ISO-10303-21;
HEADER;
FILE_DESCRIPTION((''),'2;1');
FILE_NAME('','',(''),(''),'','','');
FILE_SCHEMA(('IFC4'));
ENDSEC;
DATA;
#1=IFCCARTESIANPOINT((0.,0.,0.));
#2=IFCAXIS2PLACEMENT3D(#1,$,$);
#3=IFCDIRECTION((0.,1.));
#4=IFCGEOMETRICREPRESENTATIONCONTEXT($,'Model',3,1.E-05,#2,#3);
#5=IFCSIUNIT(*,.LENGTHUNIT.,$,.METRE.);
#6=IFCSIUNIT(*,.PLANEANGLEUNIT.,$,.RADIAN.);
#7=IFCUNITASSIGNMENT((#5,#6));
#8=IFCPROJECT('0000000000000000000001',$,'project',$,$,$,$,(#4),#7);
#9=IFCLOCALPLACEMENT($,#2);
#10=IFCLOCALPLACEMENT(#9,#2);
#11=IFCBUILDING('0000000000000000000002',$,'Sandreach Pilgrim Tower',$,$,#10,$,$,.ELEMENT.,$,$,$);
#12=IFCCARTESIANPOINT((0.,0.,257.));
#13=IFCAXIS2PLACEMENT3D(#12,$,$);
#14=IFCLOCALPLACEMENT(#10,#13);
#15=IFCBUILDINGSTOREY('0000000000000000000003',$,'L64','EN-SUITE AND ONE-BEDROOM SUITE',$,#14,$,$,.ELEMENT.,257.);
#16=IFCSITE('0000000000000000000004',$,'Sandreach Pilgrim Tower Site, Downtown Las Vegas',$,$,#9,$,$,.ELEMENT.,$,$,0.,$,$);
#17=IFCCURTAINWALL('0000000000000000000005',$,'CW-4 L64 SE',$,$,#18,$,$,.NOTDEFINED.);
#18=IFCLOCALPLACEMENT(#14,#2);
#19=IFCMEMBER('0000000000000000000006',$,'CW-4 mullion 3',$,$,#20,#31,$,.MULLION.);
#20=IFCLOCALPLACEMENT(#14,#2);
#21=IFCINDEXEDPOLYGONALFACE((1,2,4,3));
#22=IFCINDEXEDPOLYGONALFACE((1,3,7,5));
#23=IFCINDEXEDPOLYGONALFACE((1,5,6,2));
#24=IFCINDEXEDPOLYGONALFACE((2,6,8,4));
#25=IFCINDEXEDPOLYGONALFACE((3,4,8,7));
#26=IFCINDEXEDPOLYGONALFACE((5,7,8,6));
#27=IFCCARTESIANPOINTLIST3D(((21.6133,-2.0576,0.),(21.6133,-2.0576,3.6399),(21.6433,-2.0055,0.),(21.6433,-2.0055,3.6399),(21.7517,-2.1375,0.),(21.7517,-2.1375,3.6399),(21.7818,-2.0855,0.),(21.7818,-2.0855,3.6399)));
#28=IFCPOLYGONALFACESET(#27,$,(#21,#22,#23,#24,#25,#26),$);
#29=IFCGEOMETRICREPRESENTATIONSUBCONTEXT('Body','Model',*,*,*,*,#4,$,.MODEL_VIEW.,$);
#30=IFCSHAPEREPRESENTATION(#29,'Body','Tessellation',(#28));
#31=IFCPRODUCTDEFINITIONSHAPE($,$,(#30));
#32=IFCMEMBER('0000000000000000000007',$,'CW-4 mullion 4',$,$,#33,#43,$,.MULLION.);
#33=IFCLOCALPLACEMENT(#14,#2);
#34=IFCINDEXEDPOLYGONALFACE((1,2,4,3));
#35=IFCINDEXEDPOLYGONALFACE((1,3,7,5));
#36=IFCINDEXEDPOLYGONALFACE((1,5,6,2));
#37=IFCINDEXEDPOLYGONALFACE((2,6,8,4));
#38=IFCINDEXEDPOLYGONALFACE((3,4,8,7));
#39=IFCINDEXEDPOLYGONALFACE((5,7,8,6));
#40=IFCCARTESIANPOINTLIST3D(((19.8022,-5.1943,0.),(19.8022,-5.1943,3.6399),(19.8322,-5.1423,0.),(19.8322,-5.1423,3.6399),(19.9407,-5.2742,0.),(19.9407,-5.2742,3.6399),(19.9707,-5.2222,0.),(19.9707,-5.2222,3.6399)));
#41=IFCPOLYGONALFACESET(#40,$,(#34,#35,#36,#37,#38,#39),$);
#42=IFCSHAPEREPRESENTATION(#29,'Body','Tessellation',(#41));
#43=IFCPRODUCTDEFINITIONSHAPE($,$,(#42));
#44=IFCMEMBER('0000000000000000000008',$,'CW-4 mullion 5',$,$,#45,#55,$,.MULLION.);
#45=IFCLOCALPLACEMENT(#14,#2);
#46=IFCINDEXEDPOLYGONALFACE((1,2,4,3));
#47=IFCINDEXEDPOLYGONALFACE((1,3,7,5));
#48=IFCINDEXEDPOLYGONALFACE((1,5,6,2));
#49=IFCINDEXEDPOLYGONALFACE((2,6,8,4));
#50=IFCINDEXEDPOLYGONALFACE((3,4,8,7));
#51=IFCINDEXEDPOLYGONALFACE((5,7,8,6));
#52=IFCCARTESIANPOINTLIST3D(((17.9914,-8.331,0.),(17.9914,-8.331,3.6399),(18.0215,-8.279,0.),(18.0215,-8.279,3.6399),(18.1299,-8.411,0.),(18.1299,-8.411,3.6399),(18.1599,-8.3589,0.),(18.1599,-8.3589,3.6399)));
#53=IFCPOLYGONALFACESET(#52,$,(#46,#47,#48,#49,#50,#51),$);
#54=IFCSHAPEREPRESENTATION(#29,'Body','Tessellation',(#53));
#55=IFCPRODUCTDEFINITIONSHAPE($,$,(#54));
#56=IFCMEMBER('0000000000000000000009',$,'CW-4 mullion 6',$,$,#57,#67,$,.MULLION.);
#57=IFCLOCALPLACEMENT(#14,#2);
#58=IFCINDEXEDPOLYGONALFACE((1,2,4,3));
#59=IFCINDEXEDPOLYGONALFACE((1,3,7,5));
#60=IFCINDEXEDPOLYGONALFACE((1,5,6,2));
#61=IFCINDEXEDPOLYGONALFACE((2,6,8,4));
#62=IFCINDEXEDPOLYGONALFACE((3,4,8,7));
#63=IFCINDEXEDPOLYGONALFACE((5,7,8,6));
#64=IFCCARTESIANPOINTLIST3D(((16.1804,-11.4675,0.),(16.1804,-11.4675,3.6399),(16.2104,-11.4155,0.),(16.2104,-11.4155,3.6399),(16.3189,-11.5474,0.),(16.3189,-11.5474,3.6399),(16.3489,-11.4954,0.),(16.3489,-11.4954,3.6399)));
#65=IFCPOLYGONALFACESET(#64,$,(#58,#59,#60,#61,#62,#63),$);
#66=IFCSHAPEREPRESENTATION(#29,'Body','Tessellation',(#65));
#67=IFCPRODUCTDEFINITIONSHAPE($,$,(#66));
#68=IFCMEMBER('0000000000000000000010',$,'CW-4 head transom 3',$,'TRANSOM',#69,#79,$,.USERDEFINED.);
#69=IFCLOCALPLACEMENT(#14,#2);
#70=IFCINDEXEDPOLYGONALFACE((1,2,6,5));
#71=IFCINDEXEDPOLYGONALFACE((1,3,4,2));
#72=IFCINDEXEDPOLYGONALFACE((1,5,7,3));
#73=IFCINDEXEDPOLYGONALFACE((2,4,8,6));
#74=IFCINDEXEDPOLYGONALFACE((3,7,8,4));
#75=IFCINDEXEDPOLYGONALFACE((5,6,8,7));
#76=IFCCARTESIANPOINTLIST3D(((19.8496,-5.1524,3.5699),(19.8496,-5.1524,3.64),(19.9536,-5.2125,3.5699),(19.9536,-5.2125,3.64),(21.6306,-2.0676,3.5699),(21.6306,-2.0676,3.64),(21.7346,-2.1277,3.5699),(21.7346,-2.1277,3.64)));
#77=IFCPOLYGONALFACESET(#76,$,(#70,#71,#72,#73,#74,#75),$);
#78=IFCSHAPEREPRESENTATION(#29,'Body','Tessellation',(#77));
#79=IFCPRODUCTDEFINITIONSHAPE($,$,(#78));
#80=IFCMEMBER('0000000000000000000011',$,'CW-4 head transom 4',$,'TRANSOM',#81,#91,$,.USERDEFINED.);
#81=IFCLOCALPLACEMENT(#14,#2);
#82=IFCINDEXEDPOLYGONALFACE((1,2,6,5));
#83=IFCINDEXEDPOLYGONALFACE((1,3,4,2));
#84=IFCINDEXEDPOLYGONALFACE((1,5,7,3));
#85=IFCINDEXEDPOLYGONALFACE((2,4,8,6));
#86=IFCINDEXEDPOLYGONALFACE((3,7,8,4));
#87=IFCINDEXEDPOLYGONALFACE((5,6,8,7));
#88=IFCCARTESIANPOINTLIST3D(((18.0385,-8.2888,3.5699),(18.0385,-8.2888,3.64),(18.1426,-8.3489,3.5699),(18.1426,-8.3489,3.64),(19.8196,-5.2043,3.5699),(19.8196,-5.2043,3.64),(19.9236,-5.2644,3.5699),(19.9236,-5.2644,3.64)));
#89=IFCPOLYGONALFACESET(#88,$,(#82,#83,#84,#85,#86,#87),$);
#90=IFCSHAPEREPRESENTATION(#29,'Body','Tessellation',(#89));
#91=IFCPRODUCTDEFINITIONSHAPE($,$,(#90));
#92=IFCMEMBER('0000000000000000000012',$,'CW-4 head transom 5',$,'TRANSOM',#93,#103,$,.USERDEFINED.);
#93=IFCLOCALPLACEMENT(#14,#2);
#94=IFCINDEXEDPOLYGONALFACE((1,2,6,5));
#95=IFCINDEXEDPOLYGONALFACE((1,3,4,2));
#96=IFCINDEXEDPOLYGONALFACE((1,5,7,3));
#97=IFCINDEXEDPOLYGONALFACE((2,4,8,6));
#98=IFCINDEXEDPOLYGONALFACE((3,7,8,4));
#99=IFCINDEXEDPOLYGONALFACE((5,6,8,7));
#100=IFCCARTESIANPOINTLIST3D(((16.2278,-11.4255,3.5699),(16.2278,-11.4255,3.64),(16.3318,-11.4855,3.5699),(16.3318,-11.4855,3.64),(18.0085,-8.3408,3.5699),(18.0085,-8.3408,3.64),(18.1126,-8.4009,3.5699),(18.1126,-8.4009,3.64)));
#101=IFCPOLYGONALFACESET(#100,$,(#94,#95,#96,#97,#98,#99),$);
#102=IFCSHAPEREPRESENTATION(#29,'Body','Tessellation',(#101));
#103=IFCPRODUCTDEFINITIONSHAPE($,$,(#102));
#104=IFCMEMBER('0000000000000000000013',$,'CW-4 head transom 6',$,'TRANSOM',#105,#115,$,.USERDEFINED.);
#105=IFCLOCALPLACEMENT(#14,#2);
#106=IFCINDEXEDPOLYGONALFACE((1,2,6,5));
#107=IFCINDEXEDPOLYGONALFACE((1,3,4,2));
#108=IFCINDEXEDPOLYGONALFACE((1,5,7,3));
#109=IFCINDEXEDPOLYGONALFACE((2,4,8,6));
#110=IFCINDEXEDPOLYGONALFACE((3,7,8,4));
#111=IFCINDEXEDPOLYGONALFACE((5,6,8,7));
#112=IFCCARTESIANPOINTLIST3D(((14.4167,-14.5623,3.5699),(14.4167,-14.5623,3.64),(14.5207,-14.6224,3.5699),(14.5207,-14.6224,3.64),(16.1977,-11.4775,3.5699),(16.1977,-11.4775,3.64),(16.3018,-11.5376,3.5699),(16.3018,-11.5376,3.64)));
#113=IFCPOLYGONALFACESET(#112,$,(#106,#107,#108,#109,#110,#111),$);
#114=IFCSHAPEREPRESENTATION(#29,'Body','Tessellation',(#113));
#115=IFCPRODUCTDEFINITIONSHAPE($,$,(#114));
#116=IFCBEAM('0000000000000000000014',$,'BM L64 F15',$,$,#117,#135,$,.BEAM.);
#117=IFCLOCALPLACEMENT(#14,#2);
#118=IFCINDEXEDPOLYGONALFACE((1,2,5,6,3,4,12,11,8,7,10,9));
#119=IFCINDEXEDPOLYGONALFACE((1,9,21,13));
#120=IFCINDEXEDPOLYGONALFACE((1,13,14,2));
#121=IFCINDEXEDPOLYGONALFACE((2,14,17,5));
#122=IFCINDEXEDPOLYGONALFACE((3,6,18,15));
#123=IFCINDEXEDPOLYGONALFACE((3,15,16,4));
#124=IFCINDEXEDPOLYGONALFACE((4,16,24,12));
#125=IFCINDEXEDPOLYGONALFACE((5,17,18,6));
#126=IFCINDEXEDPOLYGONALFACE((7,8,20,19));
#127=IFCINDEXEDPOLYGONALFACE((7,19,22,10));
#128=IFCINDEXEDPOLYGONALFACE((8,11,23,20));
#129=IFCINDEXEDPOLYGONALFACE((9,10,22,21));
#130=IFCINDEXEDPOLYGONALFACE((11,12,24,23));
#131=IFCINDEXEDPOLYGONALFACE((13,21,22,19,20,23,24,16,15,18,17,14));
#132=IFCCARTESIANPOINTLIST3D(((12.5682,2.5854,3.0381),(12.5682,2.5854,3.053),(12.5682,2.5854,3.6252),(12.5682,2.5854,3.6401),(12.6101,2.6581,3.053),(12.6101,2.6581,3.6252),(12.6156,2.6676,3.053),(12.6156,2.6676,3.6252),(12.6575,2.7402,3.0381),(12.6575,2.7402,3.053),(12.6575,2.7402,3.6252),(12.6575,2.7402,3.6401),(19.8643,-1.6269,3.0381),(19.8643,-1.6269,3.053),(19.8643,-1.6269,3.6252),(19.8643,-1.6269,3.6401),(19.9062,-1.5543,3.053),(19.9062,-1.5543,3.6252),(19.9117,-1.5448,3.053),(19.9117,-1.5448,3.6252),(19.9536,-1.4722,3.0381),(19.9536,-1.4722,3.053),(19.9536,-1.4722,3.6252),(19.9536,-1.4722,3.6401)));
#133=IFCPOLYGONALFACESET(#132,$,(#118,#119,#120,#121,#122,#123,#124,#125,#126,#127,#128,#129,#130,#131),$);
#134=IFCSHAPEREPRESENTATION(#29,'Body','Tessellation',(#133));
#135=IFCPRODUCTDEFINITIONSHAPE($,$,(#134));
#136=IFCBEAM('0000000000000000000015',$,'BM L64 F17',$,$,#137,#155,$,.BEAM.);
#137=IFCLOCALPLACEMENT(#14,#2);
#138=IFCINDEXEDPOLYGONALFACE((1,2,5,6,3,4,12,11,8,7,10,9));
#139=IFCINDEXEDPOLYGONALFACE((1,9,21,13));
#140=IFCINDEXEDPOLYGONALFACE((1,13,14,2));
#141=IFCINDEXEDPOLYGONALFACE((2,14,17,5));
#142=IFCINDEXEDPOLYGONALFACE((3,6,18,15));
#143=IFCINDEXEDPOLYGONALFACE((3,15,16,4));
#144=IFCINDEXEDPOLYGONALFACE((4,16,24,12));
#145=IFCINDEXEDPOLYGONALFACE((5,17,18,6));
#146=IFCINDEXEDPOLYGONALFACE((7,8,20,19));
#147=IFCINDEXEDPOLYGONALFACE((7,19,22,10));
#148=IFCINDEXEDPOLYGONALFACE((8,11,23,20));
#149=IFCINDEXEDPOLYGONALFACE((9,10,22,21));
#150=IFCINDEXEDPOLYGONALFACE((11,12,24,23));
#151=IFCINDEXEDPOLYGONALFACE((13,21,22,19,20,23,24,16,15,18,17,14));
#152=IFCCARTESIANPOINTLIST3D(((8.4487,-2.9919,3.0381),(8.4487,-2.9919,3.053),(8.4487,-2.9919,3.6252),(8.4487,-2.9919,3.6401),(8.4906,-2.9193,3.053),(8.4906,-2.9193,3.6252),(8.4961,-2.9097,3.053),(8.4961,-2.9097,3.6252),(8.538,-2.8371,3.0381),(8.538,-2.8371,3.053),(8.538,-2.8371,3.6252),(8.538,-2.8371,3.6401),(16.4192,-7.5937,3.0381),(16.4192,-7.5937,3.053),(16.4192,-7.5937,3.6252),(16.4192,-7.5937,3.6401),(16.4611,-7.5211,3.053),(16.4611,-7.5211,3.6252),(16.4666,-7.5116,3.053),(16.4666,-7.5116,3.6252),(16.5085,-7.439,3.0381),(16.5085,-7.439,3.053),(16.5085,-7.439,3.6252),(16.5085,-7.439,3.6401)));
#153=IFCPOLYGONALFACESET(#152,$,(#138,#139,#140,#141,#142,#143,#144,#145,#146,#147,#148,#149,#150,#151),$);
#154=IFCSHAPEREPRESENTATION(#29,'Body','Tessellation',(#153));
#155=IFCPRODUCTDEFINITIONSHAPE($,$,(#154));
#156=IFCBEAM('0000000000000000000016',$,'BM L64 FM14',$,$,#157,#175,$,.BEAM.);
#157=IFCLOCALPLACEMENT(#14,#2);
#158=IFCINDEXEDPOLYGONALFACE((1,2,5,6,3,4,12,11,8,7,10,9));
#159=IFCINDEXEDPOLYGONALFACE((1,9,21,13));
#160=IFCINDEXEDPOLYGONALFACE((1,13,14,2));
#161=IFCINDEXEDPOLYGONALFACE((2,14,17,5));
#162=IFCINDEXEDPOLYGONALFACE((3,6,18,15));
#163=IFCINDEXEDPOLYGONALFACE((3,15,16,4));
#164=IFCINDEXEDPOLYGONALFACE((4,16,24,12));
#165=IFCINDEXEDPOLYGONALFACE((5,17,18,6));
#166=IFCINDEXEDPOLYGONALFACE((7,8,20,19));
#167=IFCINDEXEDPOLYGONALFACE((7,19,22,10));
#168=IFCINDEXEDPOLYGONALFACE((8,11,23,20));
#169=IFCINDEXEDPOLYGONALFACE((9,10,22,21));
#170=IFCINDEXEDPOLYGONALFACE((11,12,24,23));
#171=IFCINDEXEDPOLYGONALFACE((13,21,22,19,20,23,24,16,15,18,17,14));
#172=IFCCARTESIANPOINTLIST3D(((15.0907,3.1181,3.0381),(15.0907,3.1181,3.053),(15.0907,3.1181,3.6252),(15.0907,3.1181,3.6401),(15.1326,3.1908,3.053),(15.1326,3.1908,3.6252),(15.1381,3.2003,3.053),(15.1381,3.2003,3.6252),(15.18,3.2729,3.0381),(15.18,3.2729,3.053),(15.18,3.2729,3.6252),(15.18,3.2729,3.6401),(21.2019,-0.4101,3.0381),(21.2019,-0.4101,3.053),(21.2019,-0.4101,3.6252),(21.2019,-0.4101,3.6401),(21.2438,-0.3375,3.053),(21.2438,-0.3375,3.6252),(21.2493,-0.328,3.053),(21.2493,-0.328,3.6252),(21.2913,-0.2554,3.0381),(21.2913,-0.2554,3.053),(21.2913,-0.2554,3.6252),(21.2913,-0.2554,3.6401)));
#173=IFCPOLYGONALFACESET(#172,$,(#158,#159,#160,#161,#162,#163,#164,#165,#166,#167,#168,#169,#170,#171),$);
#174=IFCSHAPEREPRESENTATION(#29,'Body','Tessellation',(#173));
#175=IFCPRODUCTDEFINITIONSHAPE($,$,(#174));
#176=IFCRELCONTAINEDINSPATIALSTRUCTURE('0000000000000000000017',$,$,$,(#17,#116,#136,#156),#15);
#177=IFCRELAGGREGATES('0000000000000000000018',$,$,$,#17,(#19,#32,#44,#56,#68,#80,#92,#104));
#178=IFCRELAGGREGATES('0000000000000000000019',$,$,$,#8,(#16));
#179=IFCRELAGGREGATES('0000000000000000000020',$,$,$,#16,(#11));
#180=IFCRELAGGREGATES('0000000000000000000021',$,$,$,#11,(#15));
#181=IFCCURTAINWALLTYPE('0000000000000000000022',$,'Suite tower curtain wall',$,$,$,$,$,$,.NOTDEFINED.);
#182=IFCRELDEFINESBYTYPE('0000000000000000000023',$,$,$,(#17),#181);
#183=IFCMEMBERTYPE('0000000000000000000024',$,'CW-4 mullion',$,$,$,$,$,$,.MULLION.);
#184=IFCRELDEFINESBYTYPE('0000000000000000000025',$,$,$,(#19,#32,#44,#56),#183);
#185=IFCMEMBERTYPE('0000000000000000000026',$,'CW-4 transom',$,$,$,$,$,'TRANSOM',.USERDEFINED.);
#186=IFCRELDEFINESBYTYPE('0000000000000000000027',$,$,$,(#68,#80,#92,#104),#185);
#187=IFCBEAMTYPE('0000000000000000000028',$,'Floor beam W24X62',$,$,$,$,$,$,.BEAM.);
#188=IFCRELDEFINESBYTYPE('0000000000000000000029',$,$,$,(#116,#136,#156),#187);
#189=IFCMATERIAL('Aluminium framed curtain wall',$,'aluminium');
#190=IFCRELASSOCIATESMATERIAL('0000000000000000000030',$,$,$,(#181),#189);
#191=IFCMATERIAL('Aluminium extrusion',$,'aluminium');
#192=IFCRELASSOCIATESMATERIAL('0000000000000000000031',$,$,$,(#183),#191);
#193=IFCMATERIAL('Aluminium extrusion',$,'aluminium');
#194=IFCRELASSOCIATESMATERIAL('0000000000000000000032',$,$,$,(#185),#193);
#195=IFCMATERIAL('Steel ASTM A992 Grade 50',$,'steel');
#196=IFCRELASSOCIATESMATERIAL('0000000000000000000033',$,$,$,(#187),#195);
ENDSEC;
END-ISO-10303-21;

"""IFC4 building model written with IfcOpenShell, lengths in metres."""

from ifc_helpers import new_model, si_unit, direction, frame, origin, origin_2d, place, context, subcontext, project, spatial, rectangle, i_section, extrude, material, material_profile, profile_set, type_object, element, aggregate, save


model = new_model("IFC4")

# Units and contexts
model_context = context("Model", 3, precision=1e-05, world=origin(), true_north=direction((0.0, 1.0)))
body_context = subcontext(model_context, "Body", "Model", "MODEL_VIEW")
ifc_project = project(units=[si_unit("LENGTHUNIT", "METRE"), si_unit("PLANEANGLEUNIT", "RADIAN")], contexts=[model_context])

# Site, building, storey
site_placement = place(None, origin())
site = spatial("IfcSite", under=ifc_project, at=site_placement, Name="Sandreach Pilgrim Tower Site, Downtown Las Vegas", CompositionType="ELEMENT", RefElevation=0.0)
building_placement = place(site_placement, origin())
building = spatial("IfcBuilding", under=site, at=building_placement, Name="Sandreach Pilgrim Tower", CompositionType="ELEMENT")
storey_placement = place(building_placement, frame((0.0, 0.0, 257.0)))
storey = spatial("IfcBuildingStorey", under=building, at=storey_placement, Name="L64", Description="EN-SUITE AND ONE-BEDROOM SUITE", CompositionType="ELEMENT", Elevation=257.0)

# Curtain wall, members
ifc_material_1 = material(Name="Aluminium framed curtain wall", Category="aluminium")
curtain_wall_type = type_object("IfcCurtainWallType", Name="Suite tower curtain wall", PredefinedType="NOTDEFINED", material=ifc_material_1)
curtain_wall_placement = place(storey_placement, origin())
curtain_wall = element("IfcCurtainWall", 1, at=curtain_wall_placement, inside=storey, type_object=curtain_wall_type, Name="CW-4 L64 SE", PredefinedType="NOTDEFINED")
ifc_material_2 = material(Name="Aluminium extrusion", Category="aluminium")
ifc_material_profile_1 = material_profile(ifc_material_2, rectangle(XDim=0.0601, YDim=0.1599, at=origin_2d()), Name="CW-4M 60X160")
ifc_profile_set_1 = profile_set([ifc_material_profile_1], Name="Aluminium extrusion")
member_type_1 = type_object("IfcMemberType", Name="CW-4 mullion", PredefinedType="MULLION", material=ifc_profile_set_1)
member_1_placement = place(storey_placement, frame((21.6975, -2.0715, 0.0), z_axis=(0.0, 0.0, 1.0), x_axis=(-0.5, -0.866025, 0.0)))
member_1 = element("IfcMember", 2, at=member_1_placement, type_object=member_type_1, Name="CW-4 mullion 3", PredefinedType="MULLION", context=body_context, shape_type="SweptSolid", body=[
    extrude(rectangle(XDim=0.0601, YDim=0.1599, at=origin_2d()), origin(), (0.0, 0.0, 1.0), 3.6399),
])
member_2_placement = place(storey_placement, frame((19.8865, -5.2083, 0.0), z_axis=(0.0, 0.0, 1.0), x_axis=(-0.5, -0.866025, 0.0)))
member_2 = element("IfcMember", 3, at=member_2_placement, type_object=member_type_1, Name="CW-4 mullion 4", PredefinedType="MULLION", context=body_context, shape_type="SweptSolid", body=[
    extrude(rectangle(XDim=0.0601, YDim=0.1599, at=origin_2d()), origin(), (0.0, 0.0, 1.0), 3.6399),
])
member_3_placement = place(storey_placement, frame((18.0757, -8.345, 0.0), z_axis=(0.0, 0.0, 1.0), x_axis=(-0.5, -0.866025, 0.0)))
member_3 = element("IfcMember", 4, at=member_3_placement, type_object=member_type_1, Name="CW-4 mullion 5", PredefinedType="MULLION", context=body_context, shape_type="SweptSolid", body=[
    extrude(rectangle(XDim=0.0601, YDim=0.1599, at=origin_2d()), origin(), (0.0, 0.0, 1.0), 3.6399),
])
member_4_placement = place(storey_placement, frame((16.2646, -11.4814, 0.0), z_axis=(0.0, 0.0, 1.0), x_axis=(-0.5, -0.866025, 0.0)))
member_4 = element("IfcMember", 5, at=member_4_placement, type_object=member_type_1, Name="CW-4 mullion 6", PredefinedType="MULLION", context=body_context, shape_type="SweptSolid", body=[
    extrude(rectangle(XDim=0.0601, YDim=0.1599, at=origin_2d()), origin(), (0.0, 0.0, 1.0), 3.6399),
])
ifc_material_3 = material(Name="Aluminium extrusion", Category="aluminium")
ifc_material_profile_2 = material_profile(ifc_material_3, rectangle(XDim=0.1201, YDim=0.0701, at=origin_2d()), Name="CW-4T 120X70")
ifc_profile_set_2 = profile_set([ifc_material_profile_2], Name="Aluminium extrusion")
member_type_2 = type_object("IfcMemberType", Name="CW-4 transom", ElementType="TRANSOM", PredefinedType="USERDEFINED", material=ifc_profile_set_2)
member_5_placement = place(storey_placement, frame((21.6826, -2.0977, 3.605), z_axis=(-0.500009, -0.86602, 0.0), x_axis=(0.86602, -0.500009, 0.0)))
member_5 = element("IfcMember", 6, at=member_5_placement, type_object=member_type_2, Name="CW-4 head transom 3", ObjectType="TRANSOM", PredefinedType="USERDEFINED", context=body_context, shape_type="SweptSolid", body=[
    extrude(rectangle(XDim=0.1201, YDim=0.0701, at=origin_2d()), origin(), (0.0, 0.0, 1.0), 3.562),
])
member_6_placement = place(storey_placement, frame((19.8716, -5.2344, 3.605), z_axis=(-0.500039, -0.866003, 0.0), x_axis=(0.866003, -0.500039, 0.0)))
member_6 = element("IfcMember", 7, at=member_6_placement, type_object=member_type_2, Name="CW-4 head transom 4", ObjectType="TRANSOM", PredefinedType="USERDEFINED", context=body_context, shape_type="SweptSolid", body=[
    extrude(rectangle(XDim=0.1201, YDim=0.0701, at=origin_2d()), origin(), (0.0, 0.0, 1.0), 3.5618),
])
member_7_placement = place(storey_placement, frame((18.0605, -8.3708, 3.605), z_axis=(-0.499958, -0.86605, 0.0), x_axis=(0.86605, -0.499958, 0.0)))
member_7 = element("IfcMember", 8, at=member_7_placement, type_object=member_type_2, Name="CW-4 head transom 5", ObjectType="TRANSOM", PredefinedType="USERDEFINED", context=body_context, shape_type="SweptSolid", body=[
    extrude(rectangle(XDim=0.1201, YDim=0.0701, at=origin_2d()), origin(), (0.0, 0.0, 1.0), 3.5618),
])
member_8_placement = place(storey_placement, frame((16.2498, -11.5076, 3.605), z_axis=(-0.500009, -0.86602, 0.0), x_axis=(0.86602, -0.500009, 0.0)))
member_8 = element("IfcMember", 9, at=member_8_placement, type_object=member_type_2, Name="CW-4 head transom 6", ObjectType="TRANSOM", PredefinedType="USERDEFINED", context=body_context, shape_type="SweptSolid", body=[
    extrude(rectangle(XDim=0.1201, YDim=0.0701, at=origin_2d()), origin(), (0.0, 0.0, 1.0), 3.562),
])

# Beams
ifc_material_4 = material(Name="Steel ASTM A992 Grade 50", Category="steel")
ifc_material_profile_3 = material_profile(ifc_material_4, i_section(OverallWidth=0.1787, OverallDepth=0.6021, WebThickness=0.011, FlangeThickness=0.0149, at=origin_2d()), Name="W24X62")
ifc_profile_set_3 = profile_set([ifc_material_profile_3], Name="Steel ASTM A992 Grade 50")
beam_type_1 = type_object("IfcBeamType", Name="Floor beam W24X62", PredefinedType="BEAM", material=ifc_profile_set_3)
beam_1_placement = place(storey_placement, frame((19.9089, -1.5496, 3.3391), z_axis=(-0.866027, 0.499998, 0.0), x_axis=(-0.499998, -0.866027, 0.0)))
element("IfcBeam", 10, at=beam_1_placement, inside=storey, type_object=beam_type_1, Name="BM L64 F15", PredefinedType="BEAM", context=body_context, shape_type="SweptSolid", body=[
    extrude(i_section(OverallWidth=0.1787, OverallDepth=0.6021, WebThickness=0.011, FlangeThickness=0.0149, at=origin_2d()), origin(), (0.0, 0.0, 1.0), 8.4248),
])
beam_2_placement = place(storey_placement, frame((16.4639, -7.5164, 3.3391), z_axis=(-0.866023, 0.500005, 0.0), x_axis=(-0.500005, -0.866023, 0.0)))
element("IfcBeam", 11, at=beam_2_placement, inside=storey, type_object=beam_type_1, Name="BM L64 F17", PredefinedType="BEAM", context=body_context, shape_type="SweptSolid", body=[
    extrude(i_section(OverallWidth=0.1787, OverallDepth=0.6021, WebThickness=0.011, FlangeThickness=0.0149, at=origin_2d()), origin(), (0.0, 0.0, 1.0), 9.2036),
])
beam_3_placement = place(storey_placement, frame((21.2466, -0.3328, 3.3391), z_axis=(-0.866029, 0.499994, 0.0), x_axis=(-0.499994, -0.866029, 0.0)))
element("IfcBeam", 12, at=beam_3_placement, inside=storey, type_object=beam_type_1, Name="BM L64 FM14", PredefinedType="BEAM", context=body_context, shape_type="SweptSolid", body=[
    extrude(i_section(OverallWidth=0.1787, OverallDepth=0.6021, WebThickness=0.011, FlangeThickness=0.0149, at=origin_2d()), origin(), (0.0, 0.0, 1.0), 7.0566),
])

aggregate(curtain_wall, [member_1, member_2, member_3, member_4, member_5, member_6, member_7, member_8])

save(model, "model.ifc")
